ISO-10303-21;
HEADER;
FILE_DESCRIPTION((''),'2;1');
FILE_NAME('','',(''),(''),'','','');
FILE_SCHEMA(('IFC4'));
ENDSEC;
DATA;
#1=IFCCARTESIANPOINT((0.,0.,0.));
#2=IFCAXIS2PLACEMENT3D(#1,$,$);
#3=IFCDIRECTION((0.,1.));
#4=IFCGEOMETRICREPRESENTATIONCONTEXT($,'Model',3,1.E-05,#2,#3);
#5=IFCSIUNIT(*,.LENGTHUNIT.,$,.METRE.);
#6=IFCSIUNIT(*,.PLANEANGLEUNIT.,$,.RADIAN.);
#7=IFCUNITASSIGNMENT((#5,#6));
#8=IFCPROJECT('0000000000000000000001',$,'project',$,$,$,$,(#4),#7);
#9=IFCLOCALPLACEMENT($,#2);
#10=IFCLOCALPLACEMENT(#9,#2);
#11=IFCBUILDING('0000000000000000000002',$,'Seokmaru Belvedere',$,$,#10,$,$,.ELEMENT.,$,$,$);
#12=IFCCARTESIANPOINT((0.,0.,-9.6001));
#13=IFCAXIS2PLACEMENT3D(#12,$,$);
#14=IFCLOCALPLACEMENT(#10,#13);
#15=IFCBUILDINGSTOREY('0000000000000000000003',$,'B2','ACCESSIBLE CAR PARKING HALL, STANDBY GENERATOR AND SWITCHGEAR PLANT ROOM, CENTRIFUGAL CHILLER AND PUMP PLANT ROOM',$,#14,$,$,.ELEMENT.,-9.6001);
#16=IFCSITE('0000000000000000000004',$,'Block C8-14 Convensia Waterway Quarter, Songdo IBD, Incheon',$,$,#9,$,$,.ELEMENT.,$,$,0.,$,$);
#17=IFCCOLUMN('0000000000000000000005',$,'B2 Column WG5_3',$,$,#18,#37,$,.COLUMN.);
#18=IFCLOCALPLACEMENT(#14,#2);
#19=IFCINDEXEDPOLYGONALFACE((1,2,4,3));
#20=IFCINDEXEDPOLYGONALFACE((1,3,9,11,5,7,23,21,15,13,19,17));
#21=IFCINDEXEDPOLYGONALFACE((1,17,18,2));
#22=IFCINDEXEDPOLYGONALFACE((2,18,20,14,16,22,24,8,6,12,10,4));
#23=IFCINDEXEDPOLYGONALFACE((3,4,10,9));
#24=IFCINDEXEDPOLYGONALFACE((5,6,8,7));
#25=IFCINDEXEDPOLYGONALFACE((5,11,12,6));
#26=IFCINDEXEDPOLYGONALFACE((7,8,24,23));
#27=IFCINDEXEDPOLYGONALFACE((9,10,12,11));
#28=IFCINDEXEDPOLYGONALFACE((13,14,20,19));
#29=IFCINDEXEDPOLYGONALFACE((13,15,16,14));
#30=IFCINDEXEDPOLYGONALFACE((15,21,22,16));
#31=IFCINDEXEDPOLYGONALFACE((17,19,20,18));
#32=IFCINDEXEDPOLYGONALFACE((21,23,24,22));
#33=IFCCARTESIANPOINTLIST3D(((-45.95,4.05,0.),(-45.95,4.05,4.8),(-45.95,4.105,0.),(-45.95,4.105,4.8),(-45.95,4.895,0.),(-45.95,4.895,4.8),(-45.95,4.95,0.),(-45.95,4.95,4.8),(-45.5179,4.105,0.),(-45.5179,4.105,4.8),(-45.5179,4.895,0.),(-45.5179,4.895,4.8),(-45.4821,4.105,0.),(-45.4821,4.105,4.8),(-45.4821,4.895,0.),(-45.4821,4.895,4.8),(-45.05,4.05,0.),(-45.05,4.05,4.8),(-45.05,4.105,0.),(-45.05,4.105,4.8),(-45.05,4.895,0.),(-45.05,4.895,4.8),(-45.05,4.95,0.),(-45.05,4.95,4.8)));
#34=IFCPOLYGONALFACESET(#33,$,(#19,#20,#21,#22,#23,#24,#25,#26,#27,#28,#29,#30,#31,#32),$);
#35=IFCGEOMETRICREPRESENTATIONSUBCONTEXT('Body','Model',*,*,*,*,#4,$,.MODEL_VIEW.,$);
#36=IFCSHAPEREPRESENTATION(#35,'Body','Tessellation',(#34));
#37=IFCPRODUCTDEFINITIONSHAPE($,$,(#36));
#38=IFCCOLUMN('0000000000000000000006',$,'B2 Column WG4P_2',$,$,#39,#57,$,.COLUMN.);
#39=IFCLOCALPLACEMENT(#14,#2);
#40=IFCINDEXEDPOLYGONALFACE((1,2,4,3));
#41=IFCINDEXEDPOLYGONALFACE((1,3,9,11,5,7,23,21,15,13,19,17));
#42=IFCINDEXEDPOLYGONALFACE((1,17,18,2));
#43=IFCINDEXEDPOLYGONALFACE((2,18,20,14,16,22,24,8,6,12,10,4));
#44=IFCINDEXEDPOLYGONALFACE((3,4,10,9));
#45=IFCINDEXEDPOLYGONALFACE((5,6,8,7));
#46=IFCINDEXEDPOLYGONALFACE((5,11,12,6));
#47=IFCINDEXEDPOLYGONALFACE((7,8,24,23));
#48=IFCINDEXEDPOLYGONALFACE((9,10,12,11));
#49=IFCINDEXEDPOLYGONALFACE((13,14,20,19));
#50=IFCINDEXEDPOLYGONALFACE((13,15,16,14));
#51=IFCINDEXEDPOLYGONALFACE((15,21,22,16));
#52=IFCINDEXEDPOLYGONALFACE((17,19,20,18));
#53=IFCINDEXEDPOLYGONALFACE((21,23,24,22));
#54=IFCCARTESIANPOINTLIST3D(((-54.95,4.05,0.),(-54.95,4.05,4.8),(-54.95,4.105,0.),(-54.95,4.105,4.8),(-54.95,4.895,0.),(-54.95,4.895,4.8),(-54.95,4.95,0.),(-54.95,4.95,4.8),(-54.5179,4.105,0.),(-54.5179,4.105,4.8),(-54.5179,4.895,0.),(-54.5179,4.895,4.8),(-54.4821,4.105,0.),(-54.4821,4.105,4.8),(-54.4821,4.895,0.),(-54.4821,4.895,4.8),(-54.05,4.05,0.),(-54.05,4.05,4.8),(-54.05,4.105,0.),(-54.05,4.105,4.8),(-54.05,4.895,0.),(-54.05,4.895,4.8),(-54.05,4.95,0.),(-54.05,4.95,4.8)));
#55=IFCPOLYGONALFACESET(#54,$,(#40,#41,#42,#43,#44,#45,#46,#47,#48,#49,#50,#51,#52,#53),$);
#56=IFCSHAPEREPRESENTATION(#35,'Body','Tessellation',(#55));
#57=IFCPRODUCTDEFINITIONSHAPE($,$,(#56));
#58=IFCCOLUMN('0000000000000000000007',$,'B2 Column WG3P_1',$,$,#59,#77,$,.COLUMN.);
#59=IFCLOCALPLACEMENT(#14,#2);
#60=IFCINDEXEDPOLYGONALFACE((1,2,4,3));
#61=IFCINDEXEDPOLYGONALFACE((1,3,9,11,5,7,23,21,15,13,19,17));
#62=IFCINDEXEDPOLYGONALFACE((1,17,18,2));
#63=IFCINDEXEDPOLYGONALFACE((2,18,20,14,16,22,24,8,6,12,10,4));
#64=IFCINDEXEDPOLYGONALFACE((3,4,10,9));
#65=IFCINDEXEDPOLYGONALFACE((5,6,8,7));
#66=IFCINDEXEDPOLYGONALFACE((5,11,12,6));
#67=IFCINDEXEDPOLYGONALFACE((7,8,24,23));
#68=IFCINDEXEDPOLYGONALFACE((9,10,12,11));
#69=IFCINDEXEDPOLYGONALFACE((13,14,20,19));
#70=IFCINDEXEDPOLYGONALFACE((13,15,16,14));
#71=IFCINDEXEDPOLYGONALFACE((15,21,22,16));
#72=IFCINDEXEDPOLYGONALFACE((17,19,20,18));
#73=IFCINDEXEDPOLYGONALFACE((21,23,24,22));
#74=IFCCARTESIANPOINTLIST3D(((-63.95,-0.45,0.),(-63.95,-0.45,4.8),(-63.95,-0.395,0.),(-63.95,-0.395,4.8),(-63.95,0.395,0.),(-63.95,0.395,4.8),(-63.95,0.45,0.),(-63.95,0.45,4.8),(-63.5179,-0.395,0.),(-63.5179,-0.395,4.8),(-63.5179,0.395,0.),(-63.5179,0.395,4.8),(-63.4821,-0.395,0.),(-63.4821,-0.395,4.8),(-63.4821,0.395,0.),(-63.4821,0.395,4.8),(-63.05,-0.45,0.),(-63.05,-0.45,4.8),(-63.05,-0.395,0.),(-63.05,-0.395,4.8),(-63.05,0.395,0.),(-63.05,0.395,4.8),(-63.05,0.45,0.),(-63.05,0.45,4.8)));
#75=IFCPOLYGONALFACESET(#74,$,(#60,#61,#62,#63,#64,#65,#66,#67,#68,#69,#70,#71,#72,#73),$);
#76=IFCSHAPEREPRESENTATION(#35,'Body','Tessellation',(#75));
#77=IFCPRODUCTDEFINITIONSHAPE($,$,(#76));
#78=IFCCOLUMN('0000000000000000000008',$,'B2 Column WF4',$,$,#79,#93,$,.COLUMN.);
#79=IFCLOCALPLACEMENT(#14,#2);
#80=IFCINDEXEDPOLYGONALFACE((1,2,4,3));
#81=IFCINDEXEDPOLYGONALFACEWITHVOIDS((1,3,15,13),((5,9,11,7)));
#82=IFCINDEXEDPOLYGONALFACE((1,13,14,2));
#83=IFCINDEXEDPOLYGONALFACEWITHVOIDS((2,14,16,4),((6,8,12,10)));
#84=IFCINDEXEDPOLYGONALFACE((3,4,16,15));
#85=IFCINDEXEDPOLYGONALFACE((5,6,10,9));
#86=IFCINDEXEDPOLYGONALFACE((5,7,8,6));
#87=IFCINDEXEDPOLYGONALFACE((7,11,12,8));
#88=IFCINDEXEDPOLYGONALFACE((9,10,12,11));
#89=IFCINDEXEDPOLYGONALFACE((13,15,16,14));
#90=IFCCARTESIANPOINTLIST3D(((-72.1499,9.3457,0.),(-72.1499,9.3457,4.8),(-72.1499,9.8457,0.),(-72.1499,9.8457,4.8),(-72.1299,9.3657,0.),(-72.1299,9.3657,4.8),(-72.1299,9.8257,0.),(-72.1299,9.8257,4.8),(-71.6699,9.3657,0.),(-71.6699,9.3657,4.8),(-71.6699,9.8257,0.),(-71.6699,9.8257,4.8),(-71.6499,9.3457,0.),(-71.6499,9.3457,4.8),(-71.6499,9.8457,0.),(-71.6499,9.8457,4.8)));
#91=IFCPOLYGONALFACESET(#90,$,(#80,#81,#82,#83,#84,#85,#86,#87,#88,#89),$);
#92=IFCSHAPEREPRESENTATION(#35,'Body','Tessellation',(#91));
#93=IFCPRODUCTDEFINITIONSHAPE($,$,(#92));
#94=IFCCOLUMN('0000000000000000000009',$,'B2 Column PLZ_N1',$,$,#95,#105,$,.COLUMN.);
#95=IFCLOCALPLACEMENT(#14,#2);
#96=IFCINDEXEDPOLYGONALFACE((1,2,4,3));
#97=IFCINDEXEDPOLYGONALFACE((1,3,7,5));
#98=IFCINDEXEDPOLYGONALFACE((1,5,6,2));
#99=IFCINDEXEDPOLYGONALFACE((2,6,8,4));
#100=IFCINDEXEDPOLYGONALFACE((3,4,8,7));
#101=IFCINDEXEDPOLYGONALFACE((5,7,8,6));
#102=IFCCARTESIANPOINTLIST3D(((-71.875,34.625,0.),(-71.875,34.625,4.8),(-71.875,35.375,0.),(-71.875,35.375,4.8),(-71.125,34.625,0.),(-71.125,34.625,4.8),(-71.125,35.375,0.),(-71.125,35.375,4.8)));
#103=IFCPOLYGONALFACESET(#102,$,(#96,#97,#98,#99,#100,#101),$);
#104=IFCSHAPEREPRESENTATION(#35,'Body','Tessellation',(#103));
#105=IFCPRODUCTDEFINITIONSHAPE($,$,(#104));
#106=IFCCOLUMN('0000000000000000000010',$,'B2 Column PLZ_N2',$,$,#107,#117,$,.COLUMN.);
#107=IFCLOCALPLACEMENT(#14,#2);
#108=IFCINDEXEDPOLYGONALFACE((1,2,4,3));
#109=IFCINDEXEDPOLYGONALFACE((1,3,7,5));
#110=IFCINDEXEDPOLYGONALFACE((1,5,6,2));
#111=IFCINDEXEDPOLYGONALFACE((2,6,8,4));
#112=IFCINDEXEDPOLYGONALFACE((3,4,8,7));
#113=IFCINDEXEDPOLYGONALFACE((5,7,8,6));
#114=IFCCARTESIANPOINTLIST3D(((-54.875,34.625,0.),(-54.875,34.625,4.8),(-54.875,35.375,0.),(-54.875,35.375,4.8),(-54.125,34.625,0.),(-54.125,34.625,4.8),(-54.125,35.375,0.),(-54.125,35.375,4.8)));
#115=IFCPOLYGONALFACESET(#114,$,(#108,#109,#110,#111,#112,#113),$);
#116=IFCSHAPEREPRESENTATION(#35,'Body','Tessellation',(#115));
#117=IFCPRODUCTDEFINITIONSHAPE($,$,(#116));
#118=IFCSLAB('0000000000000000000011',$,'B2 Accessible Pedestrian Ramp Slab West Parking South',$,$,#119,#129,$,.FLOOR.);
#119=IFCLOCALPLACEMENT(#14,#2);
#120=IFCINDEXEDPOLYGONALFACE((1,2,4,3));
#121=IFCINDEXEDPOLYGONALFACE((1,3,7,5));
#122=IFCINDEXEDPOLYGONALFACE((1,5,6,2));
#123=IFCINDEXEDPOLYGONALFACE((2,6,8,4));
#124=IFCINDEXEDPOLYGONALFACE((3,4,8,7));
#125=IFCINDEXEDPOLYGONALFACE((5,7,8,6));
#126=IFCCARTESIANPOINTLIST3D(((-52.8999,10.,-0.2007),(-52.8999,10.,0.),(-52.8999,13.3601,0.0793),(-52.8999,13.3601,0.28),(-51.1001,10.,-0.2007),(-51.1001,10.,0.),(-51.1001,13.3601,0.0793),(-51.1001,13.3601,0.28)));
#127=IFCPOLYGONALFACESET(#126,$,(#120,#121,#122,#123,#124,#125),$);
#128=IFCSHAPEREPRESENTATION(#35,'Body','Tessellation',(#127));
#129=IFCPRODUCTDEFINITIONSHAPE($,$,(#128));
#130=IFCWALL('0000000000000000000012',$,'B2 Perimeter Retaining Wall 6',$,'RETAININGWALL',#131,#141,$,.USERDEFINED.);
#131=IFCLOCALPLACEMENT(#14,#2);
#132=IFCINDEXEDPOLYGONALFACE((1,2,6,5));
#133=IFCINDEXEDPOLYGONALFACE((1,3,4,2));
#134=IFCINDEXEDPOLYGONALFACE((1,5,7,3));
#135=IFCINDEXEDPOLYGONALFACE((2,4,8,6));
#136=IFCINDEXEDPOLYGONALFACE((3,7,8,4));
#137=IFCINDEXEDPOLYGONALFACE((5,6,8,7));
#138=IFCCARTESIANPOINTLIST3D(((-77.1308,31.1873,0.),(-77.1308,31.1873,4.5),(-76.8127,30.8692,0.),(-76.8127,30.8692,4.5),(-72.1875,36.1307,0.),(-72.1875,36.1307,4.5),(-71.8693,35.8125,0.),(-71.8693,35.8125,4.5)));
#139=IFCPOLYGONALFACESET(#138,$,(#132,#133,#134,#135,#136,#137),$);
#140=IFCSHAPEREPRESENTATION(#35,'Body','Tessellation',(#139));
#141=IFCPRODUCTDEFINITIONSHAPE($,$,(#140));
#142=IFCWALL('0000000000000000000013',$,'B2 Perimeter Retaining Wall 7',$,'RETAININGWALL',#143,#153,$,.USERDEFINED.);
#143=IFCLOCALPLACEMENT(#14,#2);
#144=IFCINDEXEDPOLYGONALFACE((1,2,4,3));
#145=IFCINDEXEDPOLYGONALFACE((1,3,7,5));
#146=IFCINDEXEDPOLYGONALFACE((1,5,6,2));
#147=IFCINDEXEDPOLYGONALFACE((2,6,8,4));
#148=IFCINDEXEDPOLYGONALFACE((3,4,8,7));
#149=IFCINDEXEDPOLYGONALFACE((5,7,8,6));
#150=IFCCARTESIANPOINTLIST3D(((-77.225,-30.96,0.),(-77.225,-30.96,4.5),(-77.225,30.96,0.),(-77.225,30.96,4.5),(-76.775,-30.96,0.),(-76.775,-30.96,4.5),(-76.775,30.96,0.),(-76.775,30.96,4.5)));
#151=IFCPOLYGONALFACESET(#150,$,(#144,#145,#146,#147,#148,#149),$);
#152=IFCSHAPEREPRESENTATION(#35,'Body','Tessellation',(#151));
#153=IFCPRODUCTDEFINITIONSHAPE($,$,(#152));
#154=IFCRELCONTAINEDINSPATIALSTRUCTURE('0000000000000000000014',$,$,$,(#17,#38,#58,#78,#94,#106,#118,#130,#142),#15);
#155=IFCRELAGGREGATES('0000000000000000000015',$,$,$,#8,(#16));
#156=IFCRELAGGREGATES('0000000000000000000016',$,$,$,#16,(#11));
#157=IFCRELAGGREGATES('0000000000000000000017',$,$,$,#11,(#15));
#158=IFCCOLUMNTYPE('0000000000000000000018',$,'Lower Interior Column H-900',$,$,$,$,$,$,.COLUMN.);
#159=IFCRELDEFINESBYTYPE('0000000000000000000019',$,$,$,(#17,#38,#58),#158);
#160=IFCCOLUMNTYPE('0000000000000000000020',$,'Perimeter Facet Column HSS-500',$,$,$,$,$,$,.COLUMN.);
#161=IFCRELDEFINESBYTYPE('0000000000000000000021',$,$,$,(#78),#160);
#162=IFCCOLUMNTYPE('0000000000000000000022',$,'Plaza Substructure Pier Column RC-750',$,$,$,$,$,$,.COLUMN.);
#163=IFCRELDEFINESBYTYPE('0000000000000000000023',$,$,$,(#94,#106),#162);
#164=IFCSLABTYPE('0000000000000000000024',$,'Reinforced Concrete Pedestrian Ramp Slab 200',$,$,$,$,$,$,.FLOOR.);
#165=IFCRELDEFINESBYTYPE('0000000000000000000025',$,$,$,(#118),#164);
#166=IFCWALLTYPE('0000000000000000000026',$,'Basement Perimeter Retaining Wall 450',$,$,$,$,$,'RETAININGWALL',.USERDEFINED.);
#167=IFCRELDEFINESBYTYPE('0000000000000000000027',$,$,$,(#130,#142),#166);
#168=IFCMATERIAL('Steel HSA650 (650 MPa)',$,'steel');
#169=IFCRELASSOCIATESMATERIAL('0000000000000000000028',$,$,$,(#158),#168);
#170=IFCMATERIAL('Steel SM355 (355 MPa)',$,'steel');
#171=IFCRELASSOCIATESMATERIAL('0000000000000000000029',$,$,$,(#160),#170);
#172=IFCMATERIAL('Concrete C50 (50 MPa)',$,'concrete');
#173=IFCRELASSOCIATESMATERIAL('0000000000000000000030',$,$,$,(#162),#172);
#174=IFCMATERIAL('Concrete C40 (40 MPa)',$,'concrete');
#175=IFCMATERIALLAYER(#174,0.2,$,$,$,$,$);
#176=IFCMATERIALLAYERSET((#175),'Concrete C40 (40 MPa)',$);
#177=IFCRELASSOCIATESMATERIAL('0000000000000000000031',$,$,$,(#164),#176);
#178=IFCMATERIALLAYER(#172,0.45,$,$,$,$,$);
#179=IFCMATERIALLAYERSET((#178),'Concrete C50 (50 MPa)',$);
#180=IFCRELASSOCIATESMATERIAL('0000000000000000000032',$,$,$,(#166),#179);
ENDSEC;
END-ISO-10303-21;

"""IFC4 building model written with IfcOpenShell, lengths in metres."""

from ifc_helpers import new_model, si_unit, direction, frame, frame_2d, origin, origin_2d, place, context, subcontext, project, spatial, polyline, rectangle, hollow_rectangle, i_section, outline, extrude, source, transform, mapped, material, layer, layer_set, material_profile, profile_set, type_object, type_shapes, element, save


model = new_model("IFC4")

# Units and contexts
model_context = context("Model", 3, precision=1e-05, world=origin(), true_north=direction((0.0, 1.0)))
body_context = subcontext(model_context, "Body", "Model", "MODEL_VIEW")
ifc_project = project(units=[si_unit("LENGTHUNIT", "METRE"), si_unit("PLANEANGLEUNIT", "RADIAN")], contexts=[model_context])

# Site, building, storey
site_placement = place(None, origin())
site = spatial("IfcSite", under=ifc_project, at=site_placement, Name="Block C8-14 Convensia Waterway Quarter, Songdo IBD, Incheon", CompositionType="ELEMENT", RefElevation=0.0)
building_placement = place(site_placement, origin())
building = spatial("IfcBuilding", under=site, at=building_placement, Name="Seokmaru Belvedere", CompositionType="ELEMENT")
storey_placement = place(building_placement, frame((0.0, 0.0, -9.6001)))
storey = spatial("IfcBuildingStorey", under=building, at=storey_placement, Name="B2", Description="ACCESSIBLE CAR PARKING HALL, STANDBY GENERATOR AND SWITCHGEAR PLANT ROOM, CENTRIFUGAL CHILLER AND PUMP PLANT ROOM", CompositionType="ELEMENT", Elevation=-9.6001)

# Shared definitions
ifc_material_1 = material(Name="Concrete C50 (50 MPa)", Category="concrete")

# Shared definitions
ifc_material_2 = material(Name="Concrete C40 (40 MPa)", Category="concrete")

# Columns
ifc_material_3 = material(Name="Steel HSA650 (650 MPa)", Category="steel")
ifc_material_profile_1 = material_profile(ifc_material_3, i_section(OverallWidth=0.8999, OverallDepth=0.8999, WebThickness=0.0359, FlangeThickness=0.0549, at=origin_2d()), Name="H-900x900x36x55")
ifc_profile_set_1 = profile_set([ifc_material_profile_1], Name="Steel HSA650 (650 MPa)")
column_type_1 = type_object("IfcColumnType", Name="Lower Interior Column H-900", PredefinedType="COLUMN", material=ifc_profile_set_1)
shared_shape_1 = source(origin(), body_context, "Body", "SweptSolid", [
    extrude(i_section(OverallWidth=0.8999, OverallDepth=0.8999, WebThickness=0.0359, FlangeThickness=0.0549, at=origin_2d()), origin(), (0.0, 0.0, 1.0), 4.8),
])
type_shapes(column_type_1, [shared_shape_1])
for number, where, z_axis, x_axis, name in (
    (1, (-45.5, 4.5, 0.0), (0.0, 0.0, 1.0), (1.0, 0.0, 0.0), "B2 Column WG5_3"),
    (2, (-54.5, 4.5, 0.0), (0.0, 0.0, 1.0), (1.0, 0.0, 0.0), "B2 Column WG4P_2"),
    (3, (-63.5, 0.0, 0.0), (0.0, 0.0, 1.0), (1.0, 0.0, 0.0), "B2 Column WG3P_1"),
):
    element("IfcColumn", number, at=place(storey_placement, frame(where, z_axis=z_axis, x_axis=x_axis)), inside=storey, type_object=column_type_1, Name=name, PredefinedType="COLUMN", context=body_context, shape_type="MappedRepresentation", body=[
        mapped(shared_shape_1, transform((0.0, 0.0, 0.0), scale=1.0)),
    ])
ifc_material_4 = material(Name="Steel SM355 (355 MPa)", Category="steel")
ifc_material_profile_2 = material_profile(ifc_material_4, hollow_rectangle(XDim=0.5, YDim=0.5, WallThickness=0.02, at=origin_2d()), Name="HSS-500x500x20")
ifc_profile_set_2 = profile_set([ifc_material_profile_2], Name="Steel SM355 (355 MPa)")
column_type_2 = type_object("IfcColumnType", Name="Perimeter Facet Column HSS-500", PredefinedType="COLUMN", material=ifc_profile_set_2)
shared_shape_2 = source(origin(), body_context, "Body", "SweptSolid", [
    extrude(hollow_rectangle(XDim=0.5, YDim=0.5, WallThickness=0.02, at=origin_2d()), origin(), (0.0, 0.0, 1.0), 4.8),
])
type_shapes(column_type_2, [shared_shape_2])
column_1_placement = place(storey_placement, frame((-71.8999, 9.5957, 0.0), z_axis=(0.0, 0.0, 1.0), x_axis=(1.0, 0.0, 0.0)))
element("IfcColumn", 4, at=column_1_placement, inside=storey, type_object=column_type_2, Name="B2 Column WF4", PredefinedType="COLUMN", context=body_context, shape_type="MappedRepresentation", body=[
    mapped(shared_shape_2, transform((0.0, 0.0, 0.0), scale=1.0)),
])
ifc_material_profile_3 = material_profile(ifc_material_1, rectangle(XDim=0.75, YDim=0.75, at=origin_2d()), Name="RC-750x750")
ifc_profile_set_3 = profile_set([ifc_material_profile_3], Name="Concrete C50 (50 MPa)")
column_type_3 = type_object("IfcColumnType", Name="Plaza Substructure Pier Column RC-750", PredefinedType="COLUMN", material=ifc_profile_set_3)
shared_shape_3 = source(origin(), body_context, "Body", "SweptSolid", [
    extrude(rectangle(XDim=0.75, YDim=0.75, at=origin_2d()), origin(), (0.0, 0.0, 1.0), 4.8),
])
type_shapes(column_type_3, [shared_shape_3])
for number, where, z_axis, x_axis, name in (
    (5, (-71.5, 35.0, 0.0), (0.0, 0.0, 1.0), (1.0, 0.0, 0.0), "B2 Column PLZ_N1"),
    (6, (-54.5, 35.0, 0.0), (0.0, 0.0, 1.0), (1.0, 0.0, 0.0), "B2 Column PLZ_N2"),
):
    element("IfcColumn", number, at=place(storey_placement, frame(where, z_axis=z_axis, x_axis=x_axis)), inside=storey, type_object=column_type_3, Name=name, PredefinedType="COLUMN", context=body_context, shape_type="MappedRepresentation", body=[
        mapped(shared_shape_3, transform((0.0, 0.0, 0.0), scale=1.0)),
    ])

# Slab
ifc_layer_1 = layer(ifc_material_2, 0.2)
ifc_layer_set_1 = layer_set([ifc_layer_1], Name="Concrete C40 (40 MPa)")
slab_type = type_object("IfcSlabType", Name="Reinforced Concrete Pedestrian Ramp Slab 200", PredefinedType="FLOOR", material=ifc_layer_set_1)
slab_placement = place(storey_placement, frame((-52.0, 10.0, 0.0), z_axis=(0.0, 0.0, 1.0), x_axis=(0.0, 1.0, 0.0)))
element("IfcSlab", 7, at=slab_placement, inside=storey, type_object=slab_type, Name="B2 Accessible Pedestrian Ramp Slab West Parking South", PredefinedType="FLOOR", context=body_context, shape_type="SweptSolid", body=[
    extrude(outline(polyline([(0.0, 0.0), (3.3601, 0.28), (3.3601, 0.0793), (0.0, -0.2007), (0.0, 0.0)])), frame((0.0, 0.8999, 0.0), z_axis=(0.0, -1.0, 0.0), x_axis=(1.0, 0.0, 0.0)), (0.0, 0.0, 1.0), 1.7998),
])

# Walls
ifc_layer_2 = layer(ifc_material_1, 0.45)
ifc_layer_set_2 = layer_set([ifc_layer_2], Name="Concrete C50 (50 MPa)")
wall_type = type_object("IfcWallType", Name="Basement Perimeter Retaining Wall 450", ElementType="RETAININGWALL", PredefinedType="USERDEFINED", material=ifc_layer_set_2)
wall_1_placement = place(storey_placement, frame((-72.0283, 35.9717, 0.0), z_axis=(0.0, 0.0, 1.0), x_axis=(-0.707107, -0.707107, 0.0)))
element("IfcWall", 8, at=wall_1_placement, inside=storey, type_object=wall_type, Name="B2 Perimeter Retaining Wall 6", ObjectType="RETAININGWALL", PredefinedType="USERDEFINED", context=body_context, shape_type="SweptSolid", body=[
    extrude(rectangle(XDim=6.991, YDim=0.45, at=frame_2d((3.4956, 0.0))), origin(), (0.0, 0.0, 1.0), 4.5),
])
wall_2_placement = place(storey_placement, frame((-77.0, 30.96, 0.0), z_axis=(0.0, 0.0, 1.0), x_axis=(0.0, -1.0, 0.0)))
element("IfcWall", 9, at=wall_2_placement, inside=storey, type_object=wall_type, Name="B2 Perimeter Retaining Wall 7", ObjectType="RETAININGWALL", PredefinedType="USERDEFINED", context=body_context, shape_type="SweptSolid", body=[
    extrude(rectangle(XDim=61.9199, YDim=0.45, at=frame_2d((30.96, 0.0))), origin(), (0.0, 0.0, 1.0), 4.5),
])

save(model, "model.ifc")
